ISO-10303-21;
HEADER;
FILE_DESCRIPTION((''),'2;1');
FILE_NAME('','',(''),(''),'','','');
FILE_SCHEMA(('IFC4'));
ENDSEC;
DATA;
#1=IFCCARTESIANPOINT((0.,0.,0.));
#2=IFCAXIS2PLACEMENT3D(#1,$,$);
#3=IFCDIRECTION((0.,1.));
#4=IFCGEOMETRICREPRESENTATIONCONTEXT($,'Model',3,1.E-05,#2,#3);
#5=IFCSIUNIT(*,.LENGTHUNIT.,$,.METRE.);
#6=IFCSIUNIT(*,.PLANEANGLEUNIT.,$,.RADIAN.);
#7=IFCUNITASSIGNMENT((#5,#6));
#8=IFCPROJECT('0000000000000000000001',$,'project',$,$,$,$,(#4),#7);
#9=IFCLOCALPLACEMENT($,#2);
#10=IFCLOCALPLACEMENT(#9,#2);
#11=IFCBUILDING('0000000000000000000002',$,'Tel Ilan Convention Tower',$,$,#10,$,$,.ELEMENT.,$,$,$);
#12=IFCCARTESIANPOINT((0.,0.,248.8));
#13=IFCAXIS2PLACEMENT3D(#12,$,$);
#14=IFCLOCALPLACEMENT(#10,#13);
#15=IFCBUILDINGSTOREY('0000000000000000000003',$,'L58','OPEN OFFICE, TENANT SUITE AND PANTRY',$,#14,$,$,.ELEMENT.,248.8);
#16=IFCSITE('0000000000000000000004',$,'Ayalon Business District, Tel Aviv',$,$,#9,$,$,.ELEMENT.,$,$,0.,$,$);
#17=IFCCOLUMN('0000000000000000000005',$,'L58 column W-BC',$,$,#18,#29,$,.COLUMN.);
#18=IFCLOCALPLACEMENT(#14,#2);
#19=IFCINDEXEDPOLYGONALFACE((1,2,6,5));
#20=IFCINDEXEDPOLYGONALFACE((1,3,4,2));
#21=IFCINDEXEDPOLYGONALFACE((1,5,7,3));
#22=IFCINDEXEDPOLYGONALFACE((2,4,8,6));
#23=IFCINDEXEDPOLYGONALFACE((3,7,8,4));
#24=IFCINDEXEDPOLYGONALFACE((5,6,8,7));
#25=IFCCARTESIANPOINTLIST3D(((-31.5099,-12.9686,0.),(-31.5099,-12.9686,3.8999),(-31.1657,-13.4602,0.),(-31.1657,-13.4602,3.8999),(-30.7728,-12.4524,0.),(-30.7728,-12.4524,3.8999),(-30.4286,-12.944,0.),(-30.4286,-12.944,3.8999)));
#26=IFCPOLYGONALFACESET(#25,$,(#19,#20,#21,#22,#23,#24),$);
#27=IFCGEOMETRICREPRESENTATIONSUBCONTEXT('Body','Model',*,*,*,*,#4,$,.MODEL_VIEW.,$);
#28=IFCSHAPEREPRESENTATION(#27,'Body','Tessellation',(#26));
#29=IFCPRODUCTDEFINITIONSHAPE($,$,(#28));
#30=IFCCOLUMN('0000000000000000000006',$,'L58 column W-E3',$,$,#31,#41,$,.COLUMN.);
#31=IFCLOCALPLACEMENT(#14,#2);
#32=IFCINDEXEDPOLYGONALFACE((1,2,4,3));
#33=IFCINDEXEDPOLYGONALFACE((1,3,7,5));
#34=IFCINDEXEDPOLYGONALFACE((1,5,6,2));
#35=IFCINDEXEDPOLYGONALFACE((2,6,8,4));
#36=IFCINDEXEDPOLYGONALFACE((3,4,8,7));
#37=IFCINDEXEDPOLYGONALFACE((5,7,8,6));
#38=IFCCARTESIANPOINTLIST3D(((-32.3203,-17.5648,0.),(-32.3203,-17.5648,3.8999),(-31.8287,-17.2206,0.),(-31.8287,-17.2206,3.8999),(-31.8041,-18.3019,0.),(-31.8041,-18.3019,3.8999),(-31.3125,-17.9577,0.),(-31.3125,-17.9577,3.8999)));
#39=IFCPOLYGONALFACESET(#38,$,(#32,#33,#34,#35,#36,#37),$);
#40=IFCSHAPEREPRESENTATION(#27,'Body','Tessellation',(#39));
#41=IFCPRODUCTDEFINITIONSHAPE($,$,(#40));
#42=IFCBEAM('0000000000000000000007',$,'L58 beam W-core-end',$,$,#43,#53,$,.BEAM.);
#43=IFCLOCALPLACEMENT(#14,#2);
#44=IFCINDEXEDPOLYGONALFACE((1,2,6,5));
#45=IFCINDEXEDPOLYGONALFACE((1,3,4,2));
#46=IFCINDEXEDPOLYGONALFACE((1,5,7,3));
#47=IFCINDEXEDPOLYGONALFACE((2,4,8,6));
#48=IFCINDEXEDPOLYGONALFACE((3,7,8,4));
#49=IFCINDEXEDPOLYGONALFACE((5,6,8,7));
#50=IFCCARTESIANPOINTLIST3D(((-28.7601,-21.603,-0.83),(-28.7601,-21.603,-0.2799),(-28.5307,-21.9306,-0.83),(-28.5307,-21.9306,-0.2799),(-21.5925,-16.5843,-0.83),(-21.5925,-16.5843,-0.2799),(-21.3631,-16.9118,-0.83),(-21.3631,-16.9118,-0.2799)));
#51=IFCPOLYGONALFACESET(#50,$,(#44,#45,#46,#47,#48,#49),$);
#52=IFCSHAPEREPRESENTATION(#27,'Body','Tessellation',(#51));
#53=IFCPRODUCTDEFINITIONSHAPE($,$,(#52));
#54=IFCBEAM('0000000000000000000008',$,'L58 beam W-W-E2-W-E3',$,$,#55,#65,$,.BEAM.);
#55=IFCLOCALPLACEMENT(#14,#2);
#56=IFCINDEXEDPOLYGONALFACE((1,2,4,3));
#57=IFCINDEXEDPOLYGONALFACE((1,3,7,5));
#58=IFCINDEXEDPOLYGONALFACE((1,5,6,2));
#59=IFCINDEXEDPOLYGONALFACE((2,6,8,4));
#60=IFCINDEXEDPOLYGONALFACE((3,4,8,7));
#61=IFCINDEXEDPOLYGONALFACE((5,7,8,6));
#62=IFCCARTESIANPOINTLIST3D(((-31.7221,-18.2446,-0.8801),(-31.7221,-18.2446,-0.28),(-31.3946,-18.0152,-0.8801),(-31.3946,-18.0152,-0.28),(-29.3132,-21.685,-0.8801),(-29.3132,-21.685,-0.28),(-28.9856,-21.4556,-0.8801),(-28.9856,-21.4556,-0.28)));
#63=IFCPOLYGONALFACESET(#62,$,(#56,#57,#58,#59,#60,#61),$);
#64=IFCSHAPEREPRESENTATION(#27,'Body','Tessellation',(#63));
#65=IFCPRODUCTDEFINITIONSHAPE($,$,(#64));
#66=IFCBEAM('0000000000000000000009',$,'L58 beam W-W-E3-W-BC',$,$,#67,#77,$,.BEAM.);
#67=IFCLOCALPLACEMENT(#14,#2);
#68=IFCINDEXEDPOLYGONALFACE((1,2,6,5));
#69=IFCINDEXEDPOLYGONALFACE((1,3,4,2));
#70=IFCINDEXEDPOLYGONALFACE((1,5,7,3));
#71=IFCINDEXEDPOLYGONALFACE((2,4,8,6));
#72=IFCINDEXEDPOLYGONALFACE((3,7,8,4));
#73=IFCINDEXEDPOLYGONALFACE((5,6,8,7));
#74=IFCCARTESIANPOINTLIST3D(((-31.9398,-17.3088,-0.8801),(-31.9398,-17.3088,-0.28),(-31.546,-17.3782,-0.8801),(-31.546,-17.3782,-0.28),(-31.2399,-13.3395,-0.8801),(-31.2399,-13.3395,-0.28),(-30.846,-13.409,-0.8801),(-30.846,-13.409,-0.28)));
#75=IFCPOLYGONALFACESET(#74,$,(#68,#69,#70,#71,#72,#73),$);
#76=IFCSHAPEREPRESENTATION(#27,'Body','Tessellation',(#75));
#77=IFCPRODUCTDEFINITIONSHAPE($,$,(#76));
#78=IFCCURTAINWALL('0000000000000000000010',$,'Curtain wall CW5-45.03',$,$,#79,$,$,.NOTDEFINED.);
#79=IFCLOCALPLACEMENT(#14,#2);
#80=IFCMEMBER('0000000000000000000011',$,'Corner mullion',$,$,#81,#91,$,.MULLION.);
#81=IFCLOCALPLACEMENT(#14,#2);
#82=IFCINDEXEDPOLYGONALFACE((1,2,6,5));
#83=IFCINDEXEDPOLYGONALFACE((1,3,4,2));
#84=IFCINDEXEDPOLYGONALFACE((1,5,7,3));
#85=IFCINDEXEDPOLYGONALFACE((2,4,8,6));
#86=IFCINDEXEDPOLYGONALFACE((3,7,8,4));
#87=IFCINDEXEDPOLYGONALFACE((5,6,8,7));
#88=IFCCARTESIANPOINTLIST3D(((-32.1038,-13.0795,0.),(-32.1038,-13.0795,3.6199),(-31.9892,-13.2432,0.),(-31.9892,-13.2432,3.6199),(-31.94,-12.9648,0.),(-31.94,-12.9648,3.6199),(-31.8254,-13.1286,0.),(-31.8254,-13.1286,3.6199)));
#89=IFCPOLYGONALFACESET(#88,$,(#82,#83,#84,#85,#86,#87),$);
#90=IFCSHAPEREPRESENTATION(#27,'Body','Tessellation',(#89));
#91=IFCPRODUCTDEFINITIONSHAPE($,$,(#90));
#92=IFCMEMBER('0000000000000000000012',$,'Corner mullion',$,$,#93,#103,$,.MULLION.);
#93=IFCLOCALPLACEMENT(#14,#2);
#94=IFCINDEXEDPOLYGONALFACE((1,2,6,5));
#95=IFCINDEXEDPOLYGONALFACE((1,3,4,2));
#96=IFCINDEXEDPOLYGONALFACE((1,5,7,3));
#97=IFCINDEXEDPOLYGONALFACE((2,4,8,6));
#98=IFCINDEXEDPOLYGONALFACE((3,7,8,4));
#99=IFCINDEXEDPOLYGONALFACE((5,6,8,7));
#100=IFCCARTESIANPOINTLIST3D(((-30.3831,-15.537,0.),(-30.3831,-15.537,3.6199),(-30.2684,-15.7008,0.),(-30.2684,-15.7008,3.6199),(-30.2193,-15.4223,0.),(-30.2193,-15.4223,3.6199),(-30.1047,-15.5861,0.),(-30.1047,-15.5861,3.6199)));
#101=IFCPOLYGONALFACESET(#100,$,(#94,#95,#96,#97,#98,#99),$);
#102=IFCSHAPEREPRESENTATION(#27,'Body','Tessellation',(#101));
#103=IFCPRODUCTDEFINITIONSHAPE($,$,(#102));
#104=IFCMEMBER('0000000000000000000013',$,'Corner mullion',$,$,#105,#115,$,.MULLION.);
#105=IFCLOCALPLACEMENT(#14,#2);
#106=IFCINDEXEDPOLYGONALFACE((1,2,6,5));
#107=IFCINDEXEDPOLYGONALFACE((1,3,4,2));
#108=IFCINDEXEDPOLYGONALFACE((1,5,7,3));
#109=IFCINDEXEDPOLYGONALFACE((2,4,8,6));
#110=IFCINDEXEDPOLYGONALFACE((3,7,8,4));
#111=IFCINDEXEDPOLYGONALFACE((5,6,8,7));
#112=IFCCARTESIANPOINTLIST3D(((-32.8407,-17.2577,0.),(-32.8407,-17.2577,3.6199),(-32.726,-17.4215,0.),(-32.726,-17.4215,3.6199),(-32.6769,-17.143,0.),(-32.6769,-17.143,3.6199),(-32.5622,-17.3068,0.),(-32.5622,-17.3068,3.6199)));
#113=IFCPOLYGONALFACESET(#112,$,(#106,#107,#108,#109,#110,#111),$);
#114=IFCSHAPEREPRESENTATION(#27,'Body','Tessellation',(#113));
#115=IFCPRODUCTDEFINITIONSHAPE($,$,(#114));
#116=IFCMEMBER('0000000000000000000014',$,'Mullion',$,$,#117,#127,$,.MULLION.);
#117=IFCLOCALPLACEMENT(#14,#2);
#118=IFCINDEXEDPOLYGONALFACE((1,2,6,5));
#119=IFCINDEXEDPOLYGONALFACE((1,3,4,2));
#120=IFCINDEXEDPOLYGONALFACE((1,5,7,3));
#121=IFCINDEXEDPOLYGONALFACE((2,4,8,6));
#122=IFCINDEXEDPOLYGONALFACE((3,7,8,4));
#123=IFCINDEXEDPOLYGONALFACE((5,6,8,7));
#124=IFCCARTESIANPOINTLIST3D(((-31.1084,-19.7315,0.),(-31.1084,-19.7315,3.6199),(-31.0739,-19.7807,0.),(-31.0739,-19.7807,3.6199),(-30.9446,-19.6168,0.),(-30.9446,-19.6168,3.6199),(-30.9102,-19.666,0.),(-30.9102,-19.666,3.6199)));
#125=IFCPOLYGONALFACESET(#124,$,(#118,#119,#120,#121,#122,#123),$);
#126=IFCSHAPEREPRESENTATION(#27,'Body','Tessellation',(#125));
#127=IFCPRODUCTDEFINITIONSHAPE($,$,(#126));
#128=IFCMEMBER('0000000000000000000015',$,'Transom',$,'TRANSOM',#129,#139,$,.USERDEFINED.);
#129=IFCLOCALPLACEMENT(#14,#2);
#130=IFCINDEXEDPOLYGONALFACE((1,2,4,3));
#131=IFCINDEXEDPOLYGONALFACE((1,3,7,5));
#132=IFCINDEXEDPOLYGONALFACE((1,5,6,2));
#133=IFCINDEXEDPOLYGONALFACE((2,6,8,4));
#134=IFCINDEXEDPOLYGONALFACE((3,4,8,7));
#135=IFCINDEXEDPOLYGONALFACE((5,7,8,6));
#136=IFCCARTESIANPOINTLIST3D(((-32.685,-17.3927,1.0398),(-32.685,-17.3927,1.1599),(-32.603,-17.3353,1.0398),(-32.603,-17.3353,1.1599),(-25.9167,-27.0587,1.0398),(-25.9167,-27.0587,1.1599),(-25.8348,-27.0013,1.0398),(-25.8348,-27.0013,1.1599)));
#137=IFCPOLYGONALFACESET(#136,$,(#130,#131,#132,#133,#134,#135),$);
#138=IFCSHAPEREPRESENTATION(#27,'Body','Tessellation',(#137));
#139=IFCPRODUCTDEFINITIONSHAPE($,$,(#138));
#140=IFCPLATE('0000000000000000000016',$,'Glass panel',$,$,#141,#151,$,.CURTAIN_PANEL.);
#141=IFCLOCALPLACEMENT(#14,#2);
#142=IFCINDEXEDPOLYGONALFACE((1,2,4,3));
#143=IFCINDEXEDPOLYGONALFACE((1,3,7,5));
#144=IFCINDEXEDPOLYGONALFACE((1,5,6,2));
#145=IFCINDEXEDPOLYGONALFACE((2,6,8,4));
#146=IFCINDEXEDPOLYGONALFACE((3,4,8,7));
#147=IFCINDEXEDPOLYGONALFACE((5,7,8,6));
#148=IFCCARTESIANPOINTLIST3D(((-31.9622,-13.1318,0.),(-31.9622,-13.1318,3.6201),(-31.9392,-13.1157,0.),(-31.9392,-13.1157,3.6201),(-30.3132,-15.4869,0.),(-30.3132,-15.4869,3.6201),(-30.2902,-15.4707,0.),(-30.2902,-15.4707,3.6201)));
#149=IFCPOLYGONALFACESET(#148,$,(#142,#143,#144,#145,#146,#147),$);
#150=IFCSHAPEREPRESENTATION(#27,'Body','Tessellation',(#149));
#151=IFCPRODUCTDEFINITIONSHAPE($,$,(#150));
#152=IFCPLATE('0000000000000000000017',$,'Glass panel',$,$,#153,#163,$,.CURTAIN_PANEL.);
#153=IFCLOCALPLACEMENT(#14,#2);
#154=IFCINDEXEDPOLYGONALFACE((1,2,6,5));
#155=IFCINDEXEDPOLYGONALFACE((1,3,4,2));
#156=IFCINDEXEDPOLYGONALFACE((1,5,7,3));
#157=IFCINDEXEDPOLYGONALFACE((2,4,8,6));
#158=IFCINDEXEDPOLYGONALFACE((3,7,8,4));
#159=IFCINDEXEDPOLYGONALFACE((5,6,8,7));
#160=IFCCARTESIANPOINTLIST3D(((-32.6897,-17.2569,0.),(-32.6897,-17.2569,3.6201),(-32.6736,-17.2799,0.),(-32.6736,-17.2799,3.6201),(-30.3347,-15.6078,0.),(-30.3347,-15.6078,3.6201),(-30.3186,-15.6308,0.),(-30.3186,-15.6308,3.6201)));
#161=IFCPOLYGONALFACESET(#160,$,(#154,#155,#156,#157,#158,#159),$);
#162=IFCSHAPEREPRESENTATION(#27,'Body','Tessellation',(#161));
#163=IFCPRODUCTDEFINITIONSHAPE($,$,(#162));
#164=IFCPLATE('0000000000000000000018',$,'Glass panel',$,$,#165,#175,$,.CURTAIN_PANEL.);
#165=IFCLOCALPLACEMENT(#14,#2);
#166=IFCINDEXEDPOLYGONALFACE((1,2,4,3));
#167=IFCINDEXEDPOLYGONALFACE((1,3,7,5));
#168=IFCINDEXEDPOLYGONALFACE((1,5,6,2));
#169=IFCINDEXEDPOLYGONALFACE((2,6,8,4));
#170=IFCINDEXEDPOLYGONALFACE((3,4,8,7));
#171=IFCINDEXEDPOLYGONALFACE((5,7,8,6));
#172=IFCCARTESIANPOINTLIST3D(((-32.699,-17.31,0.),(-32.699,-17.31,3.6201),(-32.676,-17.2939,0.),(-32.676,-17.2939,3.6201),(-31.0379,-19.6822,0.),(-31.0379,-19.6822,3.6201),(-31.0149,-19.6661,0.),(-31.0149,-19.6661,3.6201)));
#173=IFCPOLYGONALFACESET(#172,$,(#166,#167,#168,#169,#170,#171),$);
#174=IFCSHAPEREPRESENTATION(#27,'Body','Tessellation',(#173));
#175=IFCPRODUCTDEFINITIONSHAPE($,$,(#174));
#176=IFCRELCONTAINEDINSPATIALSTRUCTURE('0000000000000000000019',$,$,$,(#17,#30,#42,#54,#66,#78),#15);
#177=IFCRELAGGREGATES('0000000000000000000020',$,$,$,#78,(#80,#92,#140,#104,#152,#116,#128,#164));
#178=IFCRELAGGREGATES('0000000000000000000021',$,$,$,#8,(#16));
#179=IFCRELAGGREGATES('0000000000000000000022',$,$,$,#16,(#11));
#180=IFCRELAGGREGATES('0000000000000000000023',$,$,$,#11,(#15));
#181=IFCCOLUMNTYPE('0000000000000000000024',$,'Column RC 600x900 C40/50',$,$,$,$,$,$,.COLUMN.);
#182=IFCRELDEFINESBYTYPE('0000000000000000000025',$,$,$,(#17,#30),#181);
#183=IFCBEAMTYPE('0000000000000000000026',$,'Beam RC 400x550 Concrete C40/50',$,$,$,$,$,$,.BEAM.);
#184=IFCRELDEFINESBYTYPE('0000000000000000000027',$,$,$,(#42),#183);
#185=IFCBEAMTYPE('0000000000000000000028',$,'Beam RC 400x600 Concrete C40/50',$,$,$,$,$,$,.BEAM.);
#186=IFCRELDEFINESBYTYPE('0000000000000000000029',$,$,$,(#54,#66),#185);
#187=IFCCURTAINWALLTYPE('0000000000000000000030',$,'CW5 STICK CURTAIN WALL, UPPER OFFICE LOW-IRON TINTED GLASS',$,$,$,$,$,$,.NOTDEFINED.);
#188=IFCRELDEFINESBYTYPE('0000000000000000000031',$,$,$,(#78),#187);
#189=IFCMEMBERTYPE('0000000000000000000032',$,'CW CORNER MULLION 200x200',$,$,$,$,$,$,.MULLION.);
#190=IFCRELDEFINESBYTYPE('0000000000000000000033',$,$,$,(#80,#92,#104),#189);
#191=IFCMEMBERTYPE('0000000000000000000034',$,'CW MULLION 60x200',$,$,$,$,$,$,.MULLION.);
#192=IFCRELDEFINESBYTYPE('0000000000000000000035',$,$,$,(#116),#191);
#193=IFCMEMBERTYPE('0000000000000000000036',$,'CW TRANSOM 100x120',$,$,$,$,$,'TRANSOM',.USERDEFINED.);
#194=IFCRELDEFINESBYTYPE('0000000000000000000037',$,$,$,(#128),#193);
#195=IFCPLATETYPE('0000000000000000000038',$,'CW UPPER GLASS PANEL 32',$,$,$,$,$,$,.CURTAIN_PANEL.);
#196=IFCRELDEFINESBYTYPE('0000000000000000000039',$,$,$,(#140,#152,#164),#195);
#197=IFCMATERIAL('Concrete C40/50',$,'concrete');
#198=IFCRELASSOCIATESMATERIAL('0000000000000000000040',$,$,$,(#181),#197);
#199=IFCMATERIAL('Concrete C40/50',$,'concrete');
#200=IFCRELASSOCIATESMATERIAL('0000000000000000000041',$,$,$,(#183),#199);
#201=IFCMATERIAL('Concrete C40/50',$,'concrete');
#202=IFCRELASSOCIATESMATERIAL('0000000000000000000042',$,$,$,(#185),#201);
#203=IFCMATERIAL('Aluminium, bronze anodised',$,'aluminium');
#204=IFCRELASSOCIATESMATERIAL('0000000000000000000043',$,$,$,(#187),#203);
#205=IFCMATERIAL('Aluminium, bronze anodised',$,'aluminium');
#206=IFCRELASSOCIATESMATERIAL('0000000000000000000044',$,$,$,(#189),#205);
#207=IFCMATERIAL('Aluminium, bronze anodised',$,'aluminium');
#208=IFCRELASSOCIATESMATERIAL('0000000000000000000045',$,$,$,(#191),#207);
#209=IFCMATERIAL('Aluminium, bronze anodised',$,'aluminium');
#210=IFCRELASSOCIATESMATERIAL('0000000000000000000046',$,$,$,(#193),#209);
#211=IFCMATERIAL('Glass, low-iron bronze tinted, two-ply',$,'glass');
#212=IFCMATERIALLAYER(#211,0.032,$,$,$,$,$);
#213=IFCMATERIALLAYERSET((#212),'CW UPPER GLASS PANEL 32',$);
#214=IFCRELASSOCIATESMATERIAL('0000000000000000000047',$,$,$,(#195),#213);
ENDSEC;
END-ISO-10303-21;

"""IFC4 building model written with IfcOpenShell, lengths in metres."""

from ifc_helpers import new_model, si_unit, direction, frame, origin, origin_2d, place, context, subcontext, project, spatial, rectangle, extrude, material, layer, layer_set, material_profile, profile_set, type_object, element, aggregate, save


model = new_model("IFC4")

# Units and contexts
model_context = context("Model", 3, precision=1e-05, world=origin(), true_north=direction((0.0, 1.0)))
body_context = subcontext(model_context, "Body", "Model", "MODEL_VIEW")
ifc_project = project(units=[si_unit("LENGTHUNIT", "METRE"), si_unit("PLANEANGLEUNIT", "RADIAN")], contexts=[model_context])

# Site, building, storey
site_placement = place(None, origin())
site = spatial("IfcSite", under=ifc_project, at=site_placement, Name="Ayalon Business District, Tel Aviv", CompositionType="ELEMENT", RefElevation=0.0)
building_placement = place(site_placement, origin())
building = spatial("IfcBuilding", under=site, at=building_placement, Name="Tel Ilan Convention Tower", CompositionType="ELEMENT")
storey_placement = place(building_placement, frame((0.0, 0.0, 248.8)))
storey = spatial("IfcBuildingStorey", under=building, at=storey_placement, Name="L58", Description="OPEN OFFICE, TENANT SUITE AND PANTRY", CompositionType="ELEMENT", Elevation=248.8)

# Columns
ifc_material_1 = material(Name="Concrete C40/50", Category="concrete")
ifc_material_profile_1 = material_profile(ifc_material_1, rectangle(XDim=0.8999, YDim=0.6001, at=origin_2d()), Name="RC 600x900")
ifc_profile_set_1 = profile_set([ifc_material_profile_1], Name="Concrete C40/50")
column_type = type_object("IfcColumnType", Name="Column RC 600x900 C40/50", PredefinedType="COLUMN", material=ifc_profile_set_1)
for number, where, z_axis, x_axis, name in (
    (1, (-30.9692, -12.9563, 0.0), (0.0, 0.0, 1.0), (-0.819152, -0.573576, 0.0), "L58 column W-BC"),
    (2, (-31.8164, -17.7612, 0.0), (0.0, 0.0, 1.0), (-0.573576, 0.819152, 0.0), "L58 column W-E3"),
):
    element("IfcColumn", number, at=place(storey_placement, frame(where, z_axis=z_axis, x_axis=x_axis)), inside=storey, type_object=column_type, Name=name, PredefinedType="COLUMN", context=body_context, shape_type="SweptSolid", body=[
        extrude(rectangle(XDim=0.8999, YDim=0.6001, at=origin_2d()), origin(), (0.0, 0.0, 1.0), 3.8999),
    ])

# Beams
ifc_material_2 = material(Name="Concrete C40/50", Category="concrete")
ifc_material_profile_2 = material_profile(ifc_material_2, rectangle(XDim=0.3999, YDim=0.55, at=origin_2d()), Name="RC 400x550")
ifc_profile_set_2 = profile_set([ifc_material_profile_2], Name="Concrete C40/50")
beam_type_1 = type_object("IfcBeamType", Name="Beam RC 400x550 Concrete C40/50", PredefinedType="BEAM", material=ifc_profile_set_2)
beam_1_placement = place(storey_placement, frame((-21.4778, -16.748, -0.5549), z_axis=(-0.819157, -0.573569, 0.0), x_axis=(0.573569, -0.819157, 0.0)))
element("IfcBeam", 3, at=beam_1_placement, inside=storey, type_object=beam_type_1, Name="L58 beam W-core-end", PredefinedType="BEAM", context=body_context, shape_type="SweptSolid", body=[
    extrude(rectangle(XDim=0.3999, YDim=0.55, at=origin_2d()), origin(), (0.0, 0.0, 1.0), 8.75),
])
ifc_material_3 = material(Name="Concrete C40/50", Category="concrete")
ifc_material_profile_3 = material_profile(ifc_material_3, rectangle(XDim=0.3999, YDim=0.6001, at=origin_2d()), Name="RC 400x600")
ifc_profile_set_3 = profile_set([ifc_material_profile_3], Name="Concrete C40/50")
beam_type_2 = type_object("IfcBeamType", Name="Beam RC 400x600 Concrete C40/50", PredefinedType="BEAM", material=ifc_profile_set_3)
beam_2_placement = place(storey_placement, frame((-29.1494, -21.5703, -0.5801), z_axis=(-0.573564, 0.819161, 0.0), x_axis=(-0.819161, -0.573564, 0.0)))
element("IfcBeam", 4, at=beam_2_placement, inside=storey, type_object=beam_type_2, Name="L58 beam W-W-E2-W-E3", PredefinedType="BEAM", context=body_context, shape_type="SweptSolid", body=[
    extrude(rectangle(XDim=0.3999, YDim=0.6001, at=origin_2d()), origin(), (0.0, 0.0, 1.0), 4.2),
])
beam_3_placement = place(storey_placement, frame((-31.7429, -17.3435, -0.5801), z_axis=(0.173664, 0.984805, 0.0), x_axis=(-0.984805, 0.173664, 0.0)))
element("IfcBeam", 5, at=beam_3_placement, inside=storey, type_object=beam_type_2, Name="L58 beam W-W-E3-W-BC", PredefinedType="BEAM", context=body_context, shape_type="SweptSolid", body=[
    extrude(rectangle(XDim=0.3999, YDim=0.6001, at=origin_2d()), origin(), (0.0, 0.0, 1.0), 4.0305),
])

# Curtain wall, members, plates
ifc_material_4 = material(Name="Aluminium, bronze anodised", Category="aluminium")
curtain_wall_type = type_object("IfcCurtainWallType", Name="CW5 STICK CURTAIN WALL, UPPER OFFICE LOW-IRON TINTED GLASS", PredefinedType="NOTDEFINED", material=ifc_material_4)
curtain_wall_placement = place(storey_placement, origin())
curtain_wall = element("IfcCurtainWall", 6, at=curtain_wall_placement, inside=storey, type_object=curtain_wall_type, Name="Curtain wall CW5-45.03", PredefinedType="NOTDEFINED")
ifc_material_5 = material(Name="Aluminium, bronze anodised", Category="aluminium")
ifc_material_profile_4 = material_profile(ifc_material_5, rectangle(XDim=0.2, YDim=0.2, at=origin_2d()), Name="CW CORNER MULLION 200x200")
ifc_profile_set_4 = profile_set([ifc_material_profile_4], Name="Aluminium, bronze anodised")
member_type_1 = type_object("IfcMemberType", Name="CW CORNER MULLION 200x200", PredefinedType="MULLION", material=ifc_profile_set_4)
member_1_placement = place(storey_placement, frame((-31.9646, -13.104, 0.0), z_axis=(0.0, 0.0, 1.0), x_axis=(-0.819152, -0.573576, 0.0)))
member_1 = element("IfcMember", 7, at=member_1_placement, type_object=member_type_1, Name="Corner mullion", PredefinedType="MULLION", context=body_context, shape_type="SweptSolid", body=[
    extrude(rectangle(XDim=0.2, YDim=0.2, at=origin_2d()), origin(), (0.0, 0.0, 1.0), 3.6199),
])
member_2_placement = place(storey_placement, frame((-30.2439, -15.5615, 0.0), z_axis=(0.0, 0.0, 1.0), x_axis=(0.573576, -0.819152, 0.0)))
member_2 = element("IfcMember", 8, at=member_2_placement, type_object=member_type_1, Name="Corner mullion", PredefinedType="MULLION", context=body_context, shape_type="SweptSolid", body=[
    extrude(rectangle(XDim=0.2, YDim=0.2, at=origin_2d()), origin(), (0.0, 0.0, 1.0), 3.6199),
])
member_3_placement = place(storey_placement, frame((-32.7014, -17.2822, 0.0), z_axis=(0.0, 0.0, 1.0), x_axis=(-0.819152, -0.573576, 0.0)))
member_3 = element("IfcMember", 9, at=member_3_placement, type_object=member_type_1, Name="Corner mullion", PredefinedType="MULLION", context=body_context, shape_type="SweptSolid", body=[
    extrude(rectangle(XDim=0.2, YDim=0.2, at=origin_2d()), origin(), (0.0, 0.0, 1.0), 3.6199),
])
ifc_material_6 = material(Name="Aluminium, bronze anodised", Category="aluminium")
ifc_material_profile_5 = material_profile(ifc_material_6, rectangle(XDim=0.0601, YDim=0.2, at=origin_2d()), Name="CW MULLION 60x200")
ifc_profile_set_5 = profile_set([ifc_material_profile_5], Name="Aluminium, bronze anodised")
member_type_2 = type_object("IfcMemberType", Name="CW MULLION 60x200", PredefinedType="MULLION", material=ifc_profile_set_5)
member_4_placement = place(storey_placement, frame((-31.0093, -19.6987, 0.0), z_axis=(0.0, 0.0, 1.0), x_axis=(0.573576, -0.819152, 0.0)))
member_4 = element("IfcMember", 10, at=member_4_placement, type_object=member_type_2, Name="Mullion", PredefinedType="MULLION", context=body_context, shape_type="SweptSolid", body=[
    extrude(rectangle(XDim=0.0601, YDim=0.2, at=origin_2d()), origin(), (0.0, 0.0, 1.0), 3.6199),
])
ifc_material_7 = material(Name="Aluminium, bronze anodised", Category="aluminium")
ifc_material_profile_6 = material_profile(ifc_material_7, rectangle(XDim=0.1001, YDim=0.1201, at=origin_2d()), Name="CW TRANSOM 100x120")
ifc_profile_set_6 = profile_set([ifc_material_profile_6], Name="Aluminium, bronze anodised")
member_type_3 = type_object("IfcMemberType", Name="CW TRANSOM 100x120", ElementType="TRANSOM", PredefinedType="USERDEFINED", material=ifc_profile_set_6)
member_5_placement = place(storey_placement, frame((-32.644, -17.364, 1.0999), z_axis=(0.573582, -0.819148, 0.0), x_axis=(0.819148, 0.573582, 0.0)))
member_5 = element("IfcMember", 11, at=member_5_placement, type_object=member_type_3, Name="Transom", ObjectType="TRANSOM", PredefinedType="USERDEFINED", context=body_context, shape_type="SweptSolid", body=[
    extrude(rectangle(XDim=0.1001, YDim=0.1201, at=origin_2d()), origin(), (0.0, 0.0, 1.0), 11.8),
])
ifc_material_8 = material(Name="Glass, low-iron bronze tinted, two-ply", Category="glass")
ifc_layer_1 = layer(ifc_material_8, 0.032)
ifc_layer_set_1 = layer_set([ifc_layer_1], Name="CW UPPER GLASS PANEL 32")
plate_type = type_object("IfcPlateType", Name="CW UPPER GLASS PANEL 32", PredefinedType="CURTAIN_PANEL", material=ifc_layer_set_1)
plate_1_placement = place(storey_placement, frame((-31.1262, -14.3013, 0.0), z_axis=(0.0, 0.0, 1.0), x_axis=(0.573576, -0.819152, 0.0)))
plate_1 = element("IfcPlate", 12, at=plate_1_placement, type_object=plate_type, Name="Glass panel", PredefinedType="CURTAIN_PANEL", context=body_context, shape_type="SweptSolid", body=[
    extrude(rectangle(XDim=2.875, YDim=0.0281, at=origin_2d()), origin(), (0.0, 0.0, 1.0), 3.6201),
])
plate_2_placement = place(storey_placement, frame((-31.5042, -16.4438, 0.0), z_axis=(0.0, 0.0, 1.0), x_axis=(-0.819152, -0.573576, 0.0)))
plate_2 = element("IfcPlate", 13, at=plate_2_placement, type_object=plate_type, Name="Glass panel", PredefinedType="CURTAIN_PANEL", context=body_context, shape_type="SweptSolid", body=[
    extrude(rectangle(XDim=2.875, YDim=0.0281, at=origin_2d()), origin(), (0.0, 0.0, 1.0), 3.6201),
])
plate_3_placement = place(storey_placement, frame((-31.8569, -18.488, 0.0), z_axis=(0.0, 0.0, 1.0), x_axis=(0.573576, -0.819152, 0.0)))
plate_3 = element("IfcPlate", 14, at=plate_3_placement, type_object=plate_type, Name="Glass panel", PredefinedType="CURTAIN_PANEL", context=body_context, shape_type="SweptSolid", body=[
    extrude(rectangle(XDim=2.896, YDim=0.0281, at=origin_2d()), origin(), (0.0, 0.0, 1.0), 3.6201),
])
aggregate(curtain_wall, [member_1, member_2, plate_1, member_3, plate_2, member_4, member_5, plate_3])

save(model, "model.ifc")
